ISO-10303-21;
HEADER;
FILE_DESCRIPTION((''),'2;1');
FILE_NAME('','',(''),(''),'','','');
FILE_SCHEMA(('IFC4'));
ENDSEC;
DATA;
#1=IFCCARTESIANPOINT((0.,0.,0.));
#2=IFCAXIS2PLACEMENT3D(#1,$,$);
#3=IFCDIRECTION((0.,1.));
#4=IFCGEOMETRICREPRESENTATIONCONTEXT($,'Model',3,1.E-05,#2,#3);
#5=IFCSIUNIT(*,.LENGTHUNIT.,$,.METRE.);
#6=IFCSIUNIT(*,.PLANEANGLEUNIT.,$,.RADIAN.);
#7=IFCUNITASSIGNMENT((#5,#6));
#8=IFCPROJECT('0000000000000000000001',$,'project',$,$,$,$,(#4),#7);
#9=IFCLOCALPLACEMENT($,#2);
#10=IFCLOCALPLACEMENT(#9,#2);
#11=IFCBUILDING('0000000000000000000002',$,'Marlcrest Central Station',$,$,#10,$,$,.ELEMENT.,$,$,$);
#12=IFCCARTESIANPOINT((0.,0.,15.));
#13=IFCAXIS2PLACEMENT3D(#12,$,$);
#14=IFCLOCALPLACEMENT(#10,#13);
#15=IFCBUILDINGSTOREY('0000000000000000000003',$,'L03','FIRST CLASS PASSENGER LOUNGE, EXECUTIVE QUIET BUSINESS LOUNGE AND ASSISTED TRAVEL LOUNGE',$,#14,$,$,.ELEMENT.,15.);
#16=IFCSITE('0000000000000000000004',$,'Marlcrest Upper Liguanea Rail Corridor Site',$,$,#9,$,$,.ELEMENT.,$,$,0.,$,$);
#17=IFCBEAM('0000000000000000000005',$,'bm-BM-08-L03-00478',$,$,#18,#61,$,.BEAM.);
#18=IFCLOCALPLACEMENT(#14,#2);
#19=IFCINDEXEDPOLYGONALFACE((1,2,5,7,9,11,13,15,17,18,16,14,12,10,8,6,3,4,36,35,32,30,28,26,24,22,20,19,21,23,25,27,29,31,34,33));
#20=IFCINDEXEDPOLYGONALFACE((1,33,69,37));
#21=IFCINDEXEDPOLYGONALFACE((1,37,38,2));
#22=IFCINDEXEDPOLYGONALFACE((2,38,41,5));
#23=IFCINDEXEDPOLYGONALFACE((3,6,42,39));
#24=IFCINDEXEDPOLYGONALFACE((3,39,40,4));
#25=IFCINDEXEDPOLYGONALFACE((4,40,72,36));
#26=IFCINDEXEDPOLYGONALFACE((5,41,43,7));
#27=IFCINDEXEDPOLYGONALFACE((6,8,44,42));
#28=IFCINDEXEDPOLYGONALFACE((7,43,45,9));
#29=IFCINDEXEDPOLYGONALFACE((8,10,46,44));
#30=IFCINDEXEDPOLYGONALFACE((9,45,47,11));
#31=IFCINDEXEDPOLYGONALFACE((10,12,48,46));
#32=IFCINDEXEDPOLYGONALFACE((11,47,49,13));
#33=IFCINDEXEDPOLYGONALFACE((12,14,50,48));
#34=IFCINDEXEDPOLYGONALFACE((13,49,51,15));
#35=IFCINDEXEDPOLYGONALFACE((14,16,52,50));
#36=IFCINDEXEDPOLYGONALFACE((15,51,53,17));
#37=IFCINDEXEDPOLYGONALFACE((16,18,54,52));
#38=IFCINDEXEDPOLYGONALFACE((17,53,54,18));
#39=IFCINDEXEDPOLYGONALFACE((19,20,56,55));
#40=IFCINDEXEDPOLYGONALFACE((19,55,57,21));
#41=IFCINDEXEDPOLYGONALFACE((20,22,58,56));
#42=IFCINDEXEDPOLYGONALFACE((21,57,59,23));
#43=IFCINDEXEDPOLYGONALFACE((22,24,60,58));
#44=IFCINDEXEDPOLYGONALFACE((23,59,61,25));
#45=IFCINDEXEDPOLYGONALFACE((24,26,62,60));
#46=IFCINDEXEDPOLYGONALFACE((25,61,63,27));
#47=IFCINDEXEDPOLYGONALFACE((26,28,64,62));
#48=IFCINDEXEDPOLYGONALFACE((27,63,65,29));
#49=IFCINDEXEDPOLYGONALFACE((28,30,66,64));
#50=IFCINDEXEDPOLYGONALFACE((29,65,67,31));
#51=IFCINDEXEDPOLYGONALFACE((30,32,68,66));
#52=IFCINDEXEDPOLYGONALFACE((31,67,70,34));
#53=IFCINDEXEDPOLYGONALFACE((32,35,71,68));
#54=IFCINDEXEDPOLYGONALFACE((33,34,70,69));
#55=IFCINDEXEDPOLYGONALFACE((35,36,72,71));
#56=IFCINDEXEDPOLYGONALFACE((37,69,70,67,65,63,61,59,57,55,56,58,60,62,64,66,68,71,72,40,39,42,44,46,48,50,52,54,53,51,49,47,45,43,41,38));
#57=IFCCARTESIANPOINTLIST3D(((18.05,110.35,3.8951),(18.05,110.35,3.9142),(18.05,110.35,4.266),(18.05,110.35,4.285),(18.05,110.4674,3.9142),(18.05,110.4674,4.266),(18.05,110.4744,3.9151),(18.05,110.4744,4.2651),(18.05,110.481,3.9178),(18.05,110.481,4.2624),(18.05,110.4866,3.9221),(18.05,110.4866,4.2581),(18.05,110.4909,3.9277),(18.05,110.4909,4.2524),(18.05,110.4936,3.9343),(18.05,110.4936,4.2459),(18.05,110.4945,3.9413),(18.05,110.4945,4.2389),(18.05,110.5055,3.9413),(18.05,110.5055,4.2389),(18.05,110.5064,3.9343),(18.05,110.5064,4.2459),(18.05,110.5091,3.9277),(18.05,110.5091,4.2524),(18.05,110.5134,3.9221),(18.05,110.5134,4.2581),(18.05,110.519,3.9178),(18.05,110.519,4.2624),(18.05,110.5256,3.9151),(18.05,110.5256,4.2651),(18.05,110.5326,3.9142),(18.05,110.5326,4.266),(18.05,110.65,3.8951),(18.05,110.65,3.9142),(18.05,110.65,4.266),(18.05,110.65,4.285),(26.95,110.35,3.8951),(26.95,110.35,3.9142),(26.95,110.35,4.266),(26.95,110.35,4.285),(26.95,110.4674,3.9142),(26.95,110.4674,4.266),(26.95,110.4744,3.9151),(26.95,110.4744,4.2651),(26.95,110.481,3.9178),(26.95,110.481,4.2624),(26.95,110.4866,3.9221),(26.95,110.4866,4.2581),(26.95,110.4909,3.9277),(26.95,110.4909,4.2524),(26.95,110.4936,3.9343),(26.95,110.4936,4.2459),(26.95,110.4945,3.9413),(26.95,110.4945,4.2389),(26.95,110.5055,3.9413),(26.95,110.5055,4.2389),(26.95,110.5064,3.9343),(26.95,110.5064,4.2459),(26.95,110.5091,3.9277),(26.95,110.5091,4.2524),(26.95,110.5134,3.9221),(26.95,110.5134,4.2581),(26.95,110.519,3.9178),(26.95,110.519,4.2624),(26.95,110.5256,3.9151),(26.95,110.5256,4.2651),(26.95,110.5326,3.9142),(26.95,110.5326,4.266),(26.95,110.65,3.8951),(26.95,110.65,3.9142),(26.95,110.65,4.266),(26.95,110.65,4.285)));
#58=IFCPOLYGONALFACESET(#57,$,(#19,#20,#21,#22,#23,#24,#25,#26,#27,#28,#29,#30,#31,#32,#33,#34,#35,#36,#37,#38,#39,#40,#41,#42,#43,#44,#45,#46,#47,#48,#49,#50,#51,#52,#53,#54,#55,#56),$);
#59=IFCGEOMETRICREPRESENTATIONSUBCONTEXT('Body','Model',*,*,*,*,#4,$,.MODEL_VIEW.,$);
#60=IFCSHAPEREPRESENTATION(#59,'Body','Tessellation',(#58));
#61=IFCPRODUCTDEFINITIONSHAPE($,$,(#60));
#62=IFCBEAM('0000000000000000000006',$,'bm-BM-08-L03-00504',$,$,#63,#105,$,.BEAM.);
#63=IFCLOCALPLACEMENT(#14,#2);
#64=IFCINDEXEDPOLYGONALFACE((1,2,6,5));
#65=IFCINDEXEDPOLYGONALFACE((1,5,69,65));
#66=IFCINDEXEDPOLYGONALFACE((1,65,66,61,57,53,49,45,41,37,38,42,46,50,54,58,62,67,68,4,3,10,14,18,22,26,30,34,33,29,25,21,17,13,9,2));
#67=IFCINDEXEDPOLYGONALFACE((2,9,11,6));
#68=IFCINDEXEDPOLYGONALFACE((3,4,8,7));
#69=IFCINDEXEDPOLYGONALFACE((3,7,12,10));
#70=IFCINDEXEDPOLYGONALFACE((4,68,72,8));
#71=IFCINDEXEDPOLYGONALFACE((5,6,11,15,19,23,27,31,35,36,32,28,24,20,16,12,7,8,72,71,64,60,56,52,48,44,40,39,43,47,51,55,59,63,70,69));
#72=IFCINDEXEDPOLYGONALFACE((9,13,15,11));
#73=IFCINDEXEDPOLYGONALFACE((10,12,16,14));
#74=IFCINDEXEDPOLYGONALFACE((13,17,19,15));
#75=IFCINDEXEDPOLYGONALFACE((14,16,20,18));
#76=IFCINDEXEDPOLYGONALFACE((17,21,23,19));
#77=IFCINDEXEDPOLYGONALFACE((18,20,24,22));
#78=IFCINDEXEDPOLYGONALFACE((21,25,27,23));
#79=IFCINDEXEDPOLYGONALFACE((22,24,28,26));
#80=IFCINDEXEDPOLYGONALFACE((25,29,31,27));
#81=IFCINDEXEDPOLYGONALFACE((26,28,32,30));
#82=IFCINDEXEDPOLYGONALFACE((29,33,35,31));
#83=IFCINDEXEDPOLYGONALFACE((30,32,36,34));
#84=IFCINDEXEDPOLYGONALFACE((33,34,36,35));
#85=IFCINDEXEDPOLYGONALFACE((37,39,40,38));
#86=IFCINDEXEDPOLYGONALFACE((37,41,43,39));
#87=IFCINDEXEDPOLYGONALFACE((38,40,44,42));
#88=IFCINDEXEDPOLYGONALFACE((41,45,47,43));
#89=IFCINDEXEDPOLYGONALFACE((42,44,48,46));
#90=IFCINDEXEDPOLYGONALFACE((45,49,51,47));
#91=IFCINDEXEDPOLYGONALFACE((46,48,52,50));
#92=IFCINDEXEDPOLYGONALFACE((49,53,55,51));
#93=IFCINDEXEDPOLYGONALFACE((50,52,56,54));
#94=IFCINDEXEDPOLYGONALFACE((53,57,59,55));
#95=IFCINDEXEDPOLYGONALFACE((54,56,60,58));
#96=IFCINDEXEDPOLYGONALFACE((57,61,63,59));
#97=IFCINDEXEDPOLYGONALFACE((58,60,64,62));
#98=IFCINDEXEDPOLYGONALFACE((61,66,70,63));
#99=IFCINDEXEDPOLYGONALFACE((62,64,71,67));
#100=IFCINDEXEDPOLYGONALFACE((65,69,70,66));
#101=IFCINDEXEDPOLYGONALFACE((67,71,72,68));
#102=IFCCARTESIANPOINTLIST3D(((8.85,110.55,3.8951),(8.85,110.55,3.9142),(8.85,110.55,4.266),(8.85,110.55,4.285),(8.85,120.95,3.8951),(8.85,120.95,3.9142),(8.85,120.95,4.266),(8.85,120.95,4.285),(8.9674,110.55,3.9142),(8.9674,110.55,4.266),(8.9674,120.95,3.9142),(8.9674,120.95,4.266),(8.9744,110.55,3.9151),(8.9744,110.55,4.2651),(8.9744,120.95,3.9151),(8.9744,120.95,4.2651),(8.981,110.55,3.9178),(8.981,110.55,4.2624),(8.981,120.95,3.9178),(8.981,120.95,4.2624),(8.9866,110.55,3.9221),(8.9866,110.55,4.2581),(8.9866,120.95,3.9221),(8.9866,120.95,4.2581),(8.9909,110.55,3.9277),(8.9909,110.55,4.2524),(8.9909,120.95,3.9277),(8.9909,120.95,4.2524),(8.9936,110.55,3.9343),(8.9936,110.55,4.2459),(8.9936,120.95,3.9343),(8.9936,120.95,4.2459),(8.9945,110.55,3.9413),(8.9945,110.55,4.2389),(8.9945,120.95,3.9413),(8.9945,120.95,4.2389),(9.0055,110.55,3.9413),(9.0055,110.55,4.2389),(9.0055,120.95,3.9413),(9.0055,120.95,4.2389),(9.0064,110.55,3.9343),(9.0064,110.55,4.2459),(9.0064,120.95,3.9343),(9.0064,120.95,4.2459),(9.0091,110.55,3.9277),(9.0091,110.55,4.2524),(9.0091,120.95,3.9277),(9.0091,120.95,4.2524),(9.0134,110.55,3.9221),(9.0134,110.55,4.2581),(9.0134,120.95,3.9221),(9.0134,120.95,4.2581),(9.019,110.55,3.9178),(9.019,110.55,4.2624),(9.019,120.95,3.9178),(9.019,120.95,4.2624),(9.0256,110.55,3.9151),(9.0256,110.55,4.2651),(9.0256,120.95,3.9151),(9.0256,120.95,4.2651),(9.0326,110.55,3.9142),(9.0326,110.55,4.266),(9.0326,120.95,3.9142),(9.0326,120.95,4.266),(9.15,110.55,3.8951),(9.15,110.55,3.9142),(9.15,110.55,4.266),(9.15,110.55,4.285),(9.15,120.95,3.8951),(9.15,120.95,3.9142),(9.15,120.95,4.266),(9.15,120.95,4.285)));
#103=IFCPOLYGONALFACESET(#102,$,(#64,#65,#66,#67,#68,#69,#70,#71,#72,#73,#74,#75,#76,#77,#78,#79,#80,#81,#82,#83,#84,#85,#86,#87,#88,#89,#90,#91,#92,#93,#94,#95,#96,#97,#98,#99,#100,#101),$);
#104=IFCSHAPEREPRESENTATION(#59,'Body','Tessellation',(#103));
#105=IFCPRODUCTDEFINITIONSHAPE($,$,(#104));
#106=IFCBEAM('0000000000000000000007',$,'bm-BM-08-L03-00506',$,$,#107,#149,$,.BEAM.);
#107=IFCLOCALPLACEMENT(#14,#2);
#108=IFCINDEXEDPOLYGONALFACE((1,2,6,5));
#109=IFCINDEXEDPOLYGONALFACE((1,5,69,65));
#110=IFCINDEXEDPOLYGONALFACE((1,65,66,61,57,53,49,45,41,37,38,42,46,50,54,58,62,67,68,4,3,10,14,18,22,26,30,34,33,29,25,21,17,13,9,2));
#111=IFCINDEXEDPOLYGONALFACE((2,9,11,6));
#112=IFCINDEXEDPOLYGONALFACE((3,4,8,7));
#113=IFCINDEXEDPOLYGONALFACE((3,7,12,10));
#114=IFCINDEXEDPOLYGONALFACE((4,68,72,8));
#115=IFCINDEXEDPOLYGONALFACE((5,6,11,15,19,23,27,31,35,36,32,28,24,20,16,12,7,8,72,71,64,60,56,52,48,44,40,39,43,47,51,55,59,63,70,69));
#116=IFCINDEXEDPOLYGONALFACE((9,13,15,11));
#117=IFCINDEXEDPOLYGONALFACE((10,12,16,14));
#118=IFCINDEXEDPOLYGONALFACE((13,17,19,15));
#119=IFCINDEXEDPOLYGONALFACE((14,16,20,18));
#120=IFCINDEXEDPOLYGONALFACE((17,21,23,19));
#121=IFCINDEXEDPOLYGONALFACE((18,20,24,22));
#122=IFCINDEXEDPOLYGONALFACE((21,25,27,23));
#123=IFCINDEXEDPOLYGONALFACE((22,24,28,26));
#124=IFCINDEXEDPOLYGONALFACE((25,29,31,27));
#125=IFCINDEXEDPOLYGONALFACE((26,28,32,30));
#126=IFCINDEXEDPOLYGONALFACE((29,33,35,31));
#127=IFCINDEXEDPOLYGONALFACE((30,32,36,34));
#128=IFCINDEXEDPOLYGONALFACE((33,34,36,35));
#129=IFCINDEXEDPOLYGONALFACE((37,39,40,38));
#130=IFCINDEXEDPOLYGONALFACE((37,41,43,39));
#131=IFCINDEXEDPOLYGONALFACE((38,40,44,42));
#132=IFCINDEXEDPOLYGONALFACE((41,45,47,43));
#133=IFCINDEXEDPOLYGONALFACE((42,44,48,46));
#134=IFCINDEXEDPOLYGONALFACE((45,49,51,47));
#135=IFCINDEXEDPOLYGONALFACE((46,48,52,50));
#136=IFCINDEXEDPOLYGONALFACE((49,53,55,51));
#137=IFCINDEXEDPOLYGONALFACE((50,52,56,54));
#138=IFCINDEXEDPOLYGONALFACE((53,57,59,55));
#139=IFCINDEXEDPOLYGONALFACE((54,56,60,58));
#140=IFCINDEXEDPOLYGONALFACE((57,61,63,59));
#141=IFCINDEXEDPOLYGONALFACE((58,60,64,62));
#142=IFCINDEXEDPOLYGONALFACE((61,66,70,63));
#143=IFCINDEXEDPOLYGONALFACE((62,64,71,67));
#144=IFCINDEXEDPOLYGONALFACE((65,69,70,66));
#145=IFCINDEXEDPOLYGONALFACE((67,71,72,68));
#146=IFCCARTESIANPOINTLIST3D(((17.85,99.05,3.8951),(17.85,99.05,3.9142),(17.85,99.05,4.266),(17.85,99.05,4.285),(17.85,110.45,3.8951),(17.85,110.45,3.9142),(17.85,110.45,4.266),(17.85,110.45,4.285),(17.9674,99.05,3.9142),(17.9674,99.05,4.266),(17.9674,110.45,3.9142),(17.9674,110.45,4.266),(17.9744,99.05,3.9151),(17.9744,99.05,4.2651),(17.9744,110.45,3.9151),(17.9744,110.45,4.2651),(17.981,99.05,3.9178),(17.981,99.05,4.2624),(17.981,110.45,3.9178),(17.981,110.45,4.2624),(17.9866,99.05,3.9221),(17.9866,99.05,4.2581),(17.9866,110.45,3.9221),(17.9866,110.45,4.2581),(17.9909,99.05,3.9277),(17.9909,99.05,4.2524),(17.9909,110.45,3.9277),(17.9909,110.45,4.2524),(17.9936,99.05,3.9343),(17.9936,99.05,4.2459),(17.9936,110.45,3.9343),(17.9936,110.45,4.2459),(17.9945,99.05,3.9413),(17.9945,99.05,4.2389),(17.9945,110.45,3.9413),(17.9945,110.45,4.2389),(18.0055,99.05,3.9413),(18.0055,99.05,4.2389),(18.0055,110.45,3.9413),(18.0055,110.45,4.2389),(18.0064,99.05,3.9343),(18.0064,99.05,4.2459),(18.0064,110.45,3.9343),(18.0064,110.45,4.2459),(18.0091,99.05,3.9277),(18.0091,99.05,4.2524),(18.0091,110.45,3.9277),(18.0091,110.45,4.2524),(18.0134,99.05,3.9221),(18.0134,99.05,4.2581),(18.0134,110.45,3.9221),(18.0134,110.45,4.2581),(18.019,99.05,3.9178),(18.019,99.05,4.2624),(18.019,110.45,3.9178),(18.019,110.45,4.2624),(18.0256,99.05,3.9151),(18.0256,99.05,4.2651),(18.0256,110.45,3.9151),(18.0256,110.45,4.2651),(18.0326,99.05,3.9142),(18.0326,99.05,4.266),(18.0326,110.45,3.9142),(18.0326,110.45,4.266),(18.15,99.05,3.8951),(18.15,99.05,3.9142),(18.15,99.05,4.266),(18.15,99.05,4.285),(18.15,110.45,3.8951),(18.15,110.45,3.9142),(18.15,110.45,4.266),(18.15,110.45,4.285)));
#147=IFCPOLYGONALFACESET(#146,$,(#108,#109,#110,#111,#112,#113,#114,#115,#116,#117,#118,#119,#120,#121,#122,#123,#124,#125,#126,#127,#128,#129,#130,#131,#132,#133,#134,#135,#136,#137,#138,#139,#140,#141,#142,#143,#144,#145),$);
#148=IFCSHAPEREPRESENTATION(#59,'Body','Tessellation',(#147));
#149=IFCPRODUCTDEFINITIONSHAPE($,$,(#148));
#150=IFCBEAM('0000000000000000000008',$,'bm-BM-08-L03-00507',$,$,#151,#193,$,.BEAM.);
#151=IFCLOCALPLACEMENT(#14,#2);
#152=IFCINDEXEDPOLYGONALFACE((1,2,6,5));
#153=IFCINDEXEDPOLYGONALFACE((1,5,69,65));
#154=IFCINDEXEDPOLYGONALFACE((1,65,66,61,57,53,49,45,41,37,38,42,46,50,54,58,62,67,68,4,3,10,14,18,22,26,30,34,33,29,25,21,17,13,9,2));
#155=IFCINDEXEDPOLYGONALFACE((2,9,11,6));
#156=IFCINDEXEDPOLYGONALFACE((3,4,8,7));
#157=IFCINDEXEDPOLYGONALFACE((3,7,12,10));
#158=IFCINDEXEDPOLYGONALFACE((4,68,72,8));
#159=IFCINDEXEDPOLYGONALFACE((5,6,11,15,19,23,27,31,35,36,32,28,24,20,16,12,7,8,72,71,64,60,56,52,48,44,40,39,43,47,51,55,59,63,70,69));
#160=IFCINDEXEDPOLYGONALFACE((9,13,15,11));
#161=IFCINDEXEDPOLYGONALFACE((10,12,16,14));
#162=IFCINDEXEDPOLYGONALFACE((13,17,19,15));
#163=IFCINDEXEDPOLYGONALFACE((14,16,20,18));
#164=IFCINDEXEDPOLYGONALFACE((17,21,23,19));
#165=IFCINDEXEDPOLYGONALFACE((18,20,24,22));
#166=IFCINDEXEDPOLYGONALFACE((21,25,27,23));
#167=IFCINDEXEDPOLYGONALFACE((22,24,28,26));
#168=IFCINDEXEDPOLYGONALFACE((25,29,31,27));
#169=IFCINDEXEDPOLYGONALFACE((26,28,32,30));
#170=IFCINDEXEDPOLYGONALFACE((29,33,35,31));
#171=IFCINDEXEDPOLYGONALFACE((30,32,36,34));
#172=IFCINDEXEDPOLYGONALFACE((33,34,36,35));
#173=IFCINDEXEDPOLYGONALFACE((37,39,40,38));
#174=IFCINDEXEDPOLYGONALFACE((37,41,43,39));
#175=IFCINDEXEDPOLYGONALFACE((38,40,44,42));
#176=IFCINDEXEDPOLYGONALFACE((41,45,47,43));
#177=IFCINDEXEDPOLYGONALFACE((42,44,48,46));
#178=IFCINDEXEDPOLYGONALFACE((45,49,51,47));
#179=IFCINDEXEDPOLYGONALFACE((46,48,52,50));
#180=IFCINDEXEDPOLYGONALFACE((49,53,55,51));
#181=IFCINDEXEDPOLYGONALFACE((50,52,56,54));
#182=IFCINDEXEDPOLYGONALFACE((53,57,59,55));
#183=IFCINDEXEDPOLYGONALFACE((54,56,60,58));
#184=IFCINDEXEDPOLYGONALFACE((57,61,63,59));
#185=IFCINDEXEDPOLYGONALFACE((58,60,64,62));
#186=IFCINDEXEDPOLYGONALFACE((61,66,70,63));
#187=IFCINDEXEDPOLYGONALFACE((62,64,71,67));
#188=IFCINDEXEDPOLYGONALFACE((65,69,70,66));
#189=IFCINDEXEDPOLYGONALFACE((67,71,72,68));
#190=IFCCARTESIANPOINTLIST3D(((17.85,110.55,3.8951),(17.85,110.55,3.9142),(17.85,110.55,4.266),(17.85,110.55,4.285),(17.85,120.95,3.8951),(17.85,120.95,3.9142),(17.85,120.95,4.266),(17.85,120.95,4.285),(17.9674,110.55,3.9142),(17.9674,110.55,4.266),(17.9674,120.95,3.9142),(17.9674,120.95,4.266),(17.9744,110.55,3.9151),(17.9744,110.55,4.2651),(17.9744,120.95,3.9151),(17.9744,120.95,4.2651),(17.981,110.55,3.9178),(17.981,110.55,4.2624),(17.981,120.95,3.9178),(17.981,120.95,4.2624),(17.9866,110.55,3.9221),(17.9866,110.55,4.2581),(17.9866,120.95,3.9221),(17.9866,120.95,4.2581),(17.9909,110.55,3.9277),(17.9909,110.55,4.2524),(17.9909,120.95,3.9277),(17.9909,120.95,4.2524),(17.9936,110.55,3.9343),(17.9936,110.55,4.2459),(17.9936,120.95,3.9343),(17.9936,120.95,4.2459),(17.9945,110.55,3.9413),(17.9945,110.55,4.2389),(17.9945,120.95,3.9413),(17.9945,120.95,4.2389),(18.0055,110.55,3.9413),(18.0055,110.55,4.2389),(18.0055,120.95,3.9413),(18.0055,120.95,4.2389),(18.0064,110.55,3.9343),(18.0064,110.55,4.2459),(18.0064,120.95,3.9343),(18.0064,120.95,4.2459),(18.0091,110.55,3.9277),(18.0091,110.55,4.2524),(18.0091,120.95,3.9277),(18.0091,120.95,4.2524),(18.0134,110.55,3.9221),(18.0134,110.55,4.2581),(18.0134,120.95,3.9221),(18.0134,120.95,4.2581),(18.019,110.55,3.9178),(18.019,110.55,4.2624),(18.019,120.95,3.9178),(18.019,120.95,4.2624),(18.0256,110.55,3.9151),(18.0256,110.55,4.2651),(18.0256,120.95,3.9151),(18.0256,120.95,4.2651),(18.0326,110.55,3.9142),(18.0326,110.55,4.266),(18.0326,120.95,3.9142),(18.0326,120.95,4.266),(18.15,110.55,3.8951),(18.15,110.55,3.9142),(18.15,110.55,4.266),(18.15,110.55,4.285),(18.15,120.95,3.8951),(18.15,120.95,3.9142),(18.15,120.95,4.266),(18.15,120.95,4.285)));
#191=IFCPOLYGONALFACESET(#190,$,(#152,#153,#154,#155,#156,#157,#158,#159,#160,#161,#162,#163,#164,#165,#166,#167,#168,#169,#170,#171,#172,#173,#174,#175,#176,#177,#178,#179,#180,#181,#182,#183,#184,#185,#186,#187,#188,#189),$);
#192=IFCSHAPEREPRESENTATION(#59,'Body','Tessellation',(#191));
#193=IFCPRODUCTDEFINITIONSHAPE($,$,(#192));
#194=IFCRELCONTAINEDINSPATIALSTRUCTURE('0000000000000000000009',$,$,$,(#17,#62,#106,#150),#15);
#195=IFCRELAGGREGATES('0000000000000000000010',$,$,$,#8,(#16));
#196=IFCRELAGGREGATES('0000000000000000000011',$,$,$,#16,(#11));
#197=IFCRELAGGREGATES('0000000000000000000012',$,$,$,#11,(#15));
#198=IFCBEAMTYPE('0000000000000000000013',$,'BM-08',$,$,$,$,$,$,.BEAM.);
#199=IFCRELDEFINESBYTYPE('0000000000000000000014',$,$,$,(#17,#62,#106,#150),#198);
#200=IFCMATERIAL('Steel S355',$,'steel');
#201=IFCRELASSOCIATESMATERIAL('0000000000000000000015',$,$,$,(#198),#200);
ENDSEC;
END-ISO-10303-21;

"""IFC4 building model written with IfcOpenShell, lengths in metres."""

from ifc_helpers import new_model, si_unit, direction, frame, origin, origin_2d, place, context, subcontext, project, spatial, i_section, extrude, material, material_profile, profile_set, type_object, element, save


model = new_model("IFC4")

# Units and contexts
model_context = context("Model", 3, precision=1e-05, world=origin(), true_north=direction((0.0, 1.0)))
body_context = subcontext(model_context, "Body", "Model", "MODEL_VIEW")
ifc_project = project(units=[si_unit("LENGTHUNIT", "METRE"), si_unit("PLANEANGLEUNIT", "RADIAN")], contexts=[model_context])

# Site, building, storey
site_placement = place(None, origin())
site = spatial("IfcSite", under=ifc_project, at=site_placement, Name="Marlcrest Upper Liguanea Rail Corridor Site", CompositionType="ELEMENT", RefElevation=0.0)
building_placement = place(site_placement, origin())
building = spatial("IfcBuilding", under=site, at=building_placement, Name="Marlcrest Central Station", CompositionType="ELEMENT")
storey_placement = place(building_placement, frame((0.0, 0.0, 15.0)))
storey = spatial("IfcBuildingStorey", under=building, at=storey_placement, Name="L03", Description="FIRST CLASS PASSENGER LOUNGE, EXECUTIVE QUIET BUSINESS LOUNGE AND ASSISTED TRAVEL LOUNGE", CompositionType="ELEMENT", Elevation=15.0)

# Shared definitions
ifc_material_1 = material(Name="Steel S355", Category="steel")

# Beams
ifc_material_profile_1 = material_profile(ifc_material_1, i_section(OverallWidth=0.3, OverallDepth=0.3899, WebThickness=0.011, FlangeThickness=0.019, FilletRadius=0.0271, at=origin_2d()), Name="HEA 400")
ifc_profile_set_1 = profile_set([ifc_material_profile_1], Name="Steel S355")
beam_type_1 = type_object("IfcBeamType", Name="BM-08", PredefinedType="BEAM", material=ifc_profile_set_1)
for number, where, z_axis, x_axis, name in (
    (1, (18.05, 110.5, 4.0901), (1.0, 0.0, 0.0), (0.0, 1.0, 0.0), "bm-BM-08-L03-00478"),
):
    element("IfcBeam", number, at=place(storey_placement, frame(where, z_axis=z_axis, x_axis=x_axis)), inside=storey, type_object=beam_type_1, Name=name, PredefinedType="BEAM", context=body_context, shape_type="SweptSolid", body=[
        extrude(i_section(OverallWidth=0.3, OverallDepth=0.3899, WebThickness=0.011, FlangeThickness=0.019, FilletRadius=0.0271, at=origin_2d()), origin(), (0.0, 0.0, 1.0), 8.8999),
    ])
beam_1_placement = place(storey_placement, frame((9.0, 110.55, 4.0901), z_axis=(0.0, 1.0, 0.0), x_axis=(-1.0, 0.0, 0.0)))
element("IfcBeam", 2, at=beam_1_placement, inside=storey, type_object=beam_type_1, Name="bm-BM-08-L03-00504", PredefinedType="BEAM", context=body_context, shape_type="SweptSolid", body=[
    extrude(i_section(OverallWidth=0.3, OverallDepth=0.3899, WebThickness=0.011, FlangeThickness=0.019, FilletRadius=0.0271, at=origin_2d()), origin(), (0.0, 0.0, 1.0), 10.3999),
])
beam_2_placement = place(storey_placement, frame((18.0, 99.05, 4.0901), z_axis=(0.0, 1.0, 0.0), x_axis=(-1.0, 0.0, 0.0)))
element("IfcBeam", 3, at=beam_2_placement, inside=storey, type_object=beam_type_1, Name="bm-BM-08-L03-00506", PredefinedType="BEAM", context=body_context, shape_type="SweptSolid", body=[
    extrude(i_section(OverallWidth=0.3, OverallDepth=0.3899, WebThickness=0.011, FlangeThickness=0.019, FilletRadius=0.0271, at=origin_2d()), origin(), (0.0, 0.0, 1.0), 11.3999),
])
beam_3_placement = place(storey_placement, frame((18.0, 110.55, 4.0901), z_axis=(0.0, 1.0, 0.0), x_axis=(-1.0, 0.0, 0.0)))
element("IfcBeam", 4, at=beam_3_placement, inside=storey, type_object=beam_type_1, Name="bm-BM-08-L03-00507", PredefinedType="BEAM", context=body_context, shape_type="SweptSolid", body=[
    extrude(i_section(OverallWidth=0.3, OverallDepth=0.3899, WebThickness=0.011, FlangeThickness=0.019, FilletRadius=0.0271, at=origin_2d()), origin(), (0.0, 0.0, 1.0), 10.3999),
])

save(model, "model.ifc")
